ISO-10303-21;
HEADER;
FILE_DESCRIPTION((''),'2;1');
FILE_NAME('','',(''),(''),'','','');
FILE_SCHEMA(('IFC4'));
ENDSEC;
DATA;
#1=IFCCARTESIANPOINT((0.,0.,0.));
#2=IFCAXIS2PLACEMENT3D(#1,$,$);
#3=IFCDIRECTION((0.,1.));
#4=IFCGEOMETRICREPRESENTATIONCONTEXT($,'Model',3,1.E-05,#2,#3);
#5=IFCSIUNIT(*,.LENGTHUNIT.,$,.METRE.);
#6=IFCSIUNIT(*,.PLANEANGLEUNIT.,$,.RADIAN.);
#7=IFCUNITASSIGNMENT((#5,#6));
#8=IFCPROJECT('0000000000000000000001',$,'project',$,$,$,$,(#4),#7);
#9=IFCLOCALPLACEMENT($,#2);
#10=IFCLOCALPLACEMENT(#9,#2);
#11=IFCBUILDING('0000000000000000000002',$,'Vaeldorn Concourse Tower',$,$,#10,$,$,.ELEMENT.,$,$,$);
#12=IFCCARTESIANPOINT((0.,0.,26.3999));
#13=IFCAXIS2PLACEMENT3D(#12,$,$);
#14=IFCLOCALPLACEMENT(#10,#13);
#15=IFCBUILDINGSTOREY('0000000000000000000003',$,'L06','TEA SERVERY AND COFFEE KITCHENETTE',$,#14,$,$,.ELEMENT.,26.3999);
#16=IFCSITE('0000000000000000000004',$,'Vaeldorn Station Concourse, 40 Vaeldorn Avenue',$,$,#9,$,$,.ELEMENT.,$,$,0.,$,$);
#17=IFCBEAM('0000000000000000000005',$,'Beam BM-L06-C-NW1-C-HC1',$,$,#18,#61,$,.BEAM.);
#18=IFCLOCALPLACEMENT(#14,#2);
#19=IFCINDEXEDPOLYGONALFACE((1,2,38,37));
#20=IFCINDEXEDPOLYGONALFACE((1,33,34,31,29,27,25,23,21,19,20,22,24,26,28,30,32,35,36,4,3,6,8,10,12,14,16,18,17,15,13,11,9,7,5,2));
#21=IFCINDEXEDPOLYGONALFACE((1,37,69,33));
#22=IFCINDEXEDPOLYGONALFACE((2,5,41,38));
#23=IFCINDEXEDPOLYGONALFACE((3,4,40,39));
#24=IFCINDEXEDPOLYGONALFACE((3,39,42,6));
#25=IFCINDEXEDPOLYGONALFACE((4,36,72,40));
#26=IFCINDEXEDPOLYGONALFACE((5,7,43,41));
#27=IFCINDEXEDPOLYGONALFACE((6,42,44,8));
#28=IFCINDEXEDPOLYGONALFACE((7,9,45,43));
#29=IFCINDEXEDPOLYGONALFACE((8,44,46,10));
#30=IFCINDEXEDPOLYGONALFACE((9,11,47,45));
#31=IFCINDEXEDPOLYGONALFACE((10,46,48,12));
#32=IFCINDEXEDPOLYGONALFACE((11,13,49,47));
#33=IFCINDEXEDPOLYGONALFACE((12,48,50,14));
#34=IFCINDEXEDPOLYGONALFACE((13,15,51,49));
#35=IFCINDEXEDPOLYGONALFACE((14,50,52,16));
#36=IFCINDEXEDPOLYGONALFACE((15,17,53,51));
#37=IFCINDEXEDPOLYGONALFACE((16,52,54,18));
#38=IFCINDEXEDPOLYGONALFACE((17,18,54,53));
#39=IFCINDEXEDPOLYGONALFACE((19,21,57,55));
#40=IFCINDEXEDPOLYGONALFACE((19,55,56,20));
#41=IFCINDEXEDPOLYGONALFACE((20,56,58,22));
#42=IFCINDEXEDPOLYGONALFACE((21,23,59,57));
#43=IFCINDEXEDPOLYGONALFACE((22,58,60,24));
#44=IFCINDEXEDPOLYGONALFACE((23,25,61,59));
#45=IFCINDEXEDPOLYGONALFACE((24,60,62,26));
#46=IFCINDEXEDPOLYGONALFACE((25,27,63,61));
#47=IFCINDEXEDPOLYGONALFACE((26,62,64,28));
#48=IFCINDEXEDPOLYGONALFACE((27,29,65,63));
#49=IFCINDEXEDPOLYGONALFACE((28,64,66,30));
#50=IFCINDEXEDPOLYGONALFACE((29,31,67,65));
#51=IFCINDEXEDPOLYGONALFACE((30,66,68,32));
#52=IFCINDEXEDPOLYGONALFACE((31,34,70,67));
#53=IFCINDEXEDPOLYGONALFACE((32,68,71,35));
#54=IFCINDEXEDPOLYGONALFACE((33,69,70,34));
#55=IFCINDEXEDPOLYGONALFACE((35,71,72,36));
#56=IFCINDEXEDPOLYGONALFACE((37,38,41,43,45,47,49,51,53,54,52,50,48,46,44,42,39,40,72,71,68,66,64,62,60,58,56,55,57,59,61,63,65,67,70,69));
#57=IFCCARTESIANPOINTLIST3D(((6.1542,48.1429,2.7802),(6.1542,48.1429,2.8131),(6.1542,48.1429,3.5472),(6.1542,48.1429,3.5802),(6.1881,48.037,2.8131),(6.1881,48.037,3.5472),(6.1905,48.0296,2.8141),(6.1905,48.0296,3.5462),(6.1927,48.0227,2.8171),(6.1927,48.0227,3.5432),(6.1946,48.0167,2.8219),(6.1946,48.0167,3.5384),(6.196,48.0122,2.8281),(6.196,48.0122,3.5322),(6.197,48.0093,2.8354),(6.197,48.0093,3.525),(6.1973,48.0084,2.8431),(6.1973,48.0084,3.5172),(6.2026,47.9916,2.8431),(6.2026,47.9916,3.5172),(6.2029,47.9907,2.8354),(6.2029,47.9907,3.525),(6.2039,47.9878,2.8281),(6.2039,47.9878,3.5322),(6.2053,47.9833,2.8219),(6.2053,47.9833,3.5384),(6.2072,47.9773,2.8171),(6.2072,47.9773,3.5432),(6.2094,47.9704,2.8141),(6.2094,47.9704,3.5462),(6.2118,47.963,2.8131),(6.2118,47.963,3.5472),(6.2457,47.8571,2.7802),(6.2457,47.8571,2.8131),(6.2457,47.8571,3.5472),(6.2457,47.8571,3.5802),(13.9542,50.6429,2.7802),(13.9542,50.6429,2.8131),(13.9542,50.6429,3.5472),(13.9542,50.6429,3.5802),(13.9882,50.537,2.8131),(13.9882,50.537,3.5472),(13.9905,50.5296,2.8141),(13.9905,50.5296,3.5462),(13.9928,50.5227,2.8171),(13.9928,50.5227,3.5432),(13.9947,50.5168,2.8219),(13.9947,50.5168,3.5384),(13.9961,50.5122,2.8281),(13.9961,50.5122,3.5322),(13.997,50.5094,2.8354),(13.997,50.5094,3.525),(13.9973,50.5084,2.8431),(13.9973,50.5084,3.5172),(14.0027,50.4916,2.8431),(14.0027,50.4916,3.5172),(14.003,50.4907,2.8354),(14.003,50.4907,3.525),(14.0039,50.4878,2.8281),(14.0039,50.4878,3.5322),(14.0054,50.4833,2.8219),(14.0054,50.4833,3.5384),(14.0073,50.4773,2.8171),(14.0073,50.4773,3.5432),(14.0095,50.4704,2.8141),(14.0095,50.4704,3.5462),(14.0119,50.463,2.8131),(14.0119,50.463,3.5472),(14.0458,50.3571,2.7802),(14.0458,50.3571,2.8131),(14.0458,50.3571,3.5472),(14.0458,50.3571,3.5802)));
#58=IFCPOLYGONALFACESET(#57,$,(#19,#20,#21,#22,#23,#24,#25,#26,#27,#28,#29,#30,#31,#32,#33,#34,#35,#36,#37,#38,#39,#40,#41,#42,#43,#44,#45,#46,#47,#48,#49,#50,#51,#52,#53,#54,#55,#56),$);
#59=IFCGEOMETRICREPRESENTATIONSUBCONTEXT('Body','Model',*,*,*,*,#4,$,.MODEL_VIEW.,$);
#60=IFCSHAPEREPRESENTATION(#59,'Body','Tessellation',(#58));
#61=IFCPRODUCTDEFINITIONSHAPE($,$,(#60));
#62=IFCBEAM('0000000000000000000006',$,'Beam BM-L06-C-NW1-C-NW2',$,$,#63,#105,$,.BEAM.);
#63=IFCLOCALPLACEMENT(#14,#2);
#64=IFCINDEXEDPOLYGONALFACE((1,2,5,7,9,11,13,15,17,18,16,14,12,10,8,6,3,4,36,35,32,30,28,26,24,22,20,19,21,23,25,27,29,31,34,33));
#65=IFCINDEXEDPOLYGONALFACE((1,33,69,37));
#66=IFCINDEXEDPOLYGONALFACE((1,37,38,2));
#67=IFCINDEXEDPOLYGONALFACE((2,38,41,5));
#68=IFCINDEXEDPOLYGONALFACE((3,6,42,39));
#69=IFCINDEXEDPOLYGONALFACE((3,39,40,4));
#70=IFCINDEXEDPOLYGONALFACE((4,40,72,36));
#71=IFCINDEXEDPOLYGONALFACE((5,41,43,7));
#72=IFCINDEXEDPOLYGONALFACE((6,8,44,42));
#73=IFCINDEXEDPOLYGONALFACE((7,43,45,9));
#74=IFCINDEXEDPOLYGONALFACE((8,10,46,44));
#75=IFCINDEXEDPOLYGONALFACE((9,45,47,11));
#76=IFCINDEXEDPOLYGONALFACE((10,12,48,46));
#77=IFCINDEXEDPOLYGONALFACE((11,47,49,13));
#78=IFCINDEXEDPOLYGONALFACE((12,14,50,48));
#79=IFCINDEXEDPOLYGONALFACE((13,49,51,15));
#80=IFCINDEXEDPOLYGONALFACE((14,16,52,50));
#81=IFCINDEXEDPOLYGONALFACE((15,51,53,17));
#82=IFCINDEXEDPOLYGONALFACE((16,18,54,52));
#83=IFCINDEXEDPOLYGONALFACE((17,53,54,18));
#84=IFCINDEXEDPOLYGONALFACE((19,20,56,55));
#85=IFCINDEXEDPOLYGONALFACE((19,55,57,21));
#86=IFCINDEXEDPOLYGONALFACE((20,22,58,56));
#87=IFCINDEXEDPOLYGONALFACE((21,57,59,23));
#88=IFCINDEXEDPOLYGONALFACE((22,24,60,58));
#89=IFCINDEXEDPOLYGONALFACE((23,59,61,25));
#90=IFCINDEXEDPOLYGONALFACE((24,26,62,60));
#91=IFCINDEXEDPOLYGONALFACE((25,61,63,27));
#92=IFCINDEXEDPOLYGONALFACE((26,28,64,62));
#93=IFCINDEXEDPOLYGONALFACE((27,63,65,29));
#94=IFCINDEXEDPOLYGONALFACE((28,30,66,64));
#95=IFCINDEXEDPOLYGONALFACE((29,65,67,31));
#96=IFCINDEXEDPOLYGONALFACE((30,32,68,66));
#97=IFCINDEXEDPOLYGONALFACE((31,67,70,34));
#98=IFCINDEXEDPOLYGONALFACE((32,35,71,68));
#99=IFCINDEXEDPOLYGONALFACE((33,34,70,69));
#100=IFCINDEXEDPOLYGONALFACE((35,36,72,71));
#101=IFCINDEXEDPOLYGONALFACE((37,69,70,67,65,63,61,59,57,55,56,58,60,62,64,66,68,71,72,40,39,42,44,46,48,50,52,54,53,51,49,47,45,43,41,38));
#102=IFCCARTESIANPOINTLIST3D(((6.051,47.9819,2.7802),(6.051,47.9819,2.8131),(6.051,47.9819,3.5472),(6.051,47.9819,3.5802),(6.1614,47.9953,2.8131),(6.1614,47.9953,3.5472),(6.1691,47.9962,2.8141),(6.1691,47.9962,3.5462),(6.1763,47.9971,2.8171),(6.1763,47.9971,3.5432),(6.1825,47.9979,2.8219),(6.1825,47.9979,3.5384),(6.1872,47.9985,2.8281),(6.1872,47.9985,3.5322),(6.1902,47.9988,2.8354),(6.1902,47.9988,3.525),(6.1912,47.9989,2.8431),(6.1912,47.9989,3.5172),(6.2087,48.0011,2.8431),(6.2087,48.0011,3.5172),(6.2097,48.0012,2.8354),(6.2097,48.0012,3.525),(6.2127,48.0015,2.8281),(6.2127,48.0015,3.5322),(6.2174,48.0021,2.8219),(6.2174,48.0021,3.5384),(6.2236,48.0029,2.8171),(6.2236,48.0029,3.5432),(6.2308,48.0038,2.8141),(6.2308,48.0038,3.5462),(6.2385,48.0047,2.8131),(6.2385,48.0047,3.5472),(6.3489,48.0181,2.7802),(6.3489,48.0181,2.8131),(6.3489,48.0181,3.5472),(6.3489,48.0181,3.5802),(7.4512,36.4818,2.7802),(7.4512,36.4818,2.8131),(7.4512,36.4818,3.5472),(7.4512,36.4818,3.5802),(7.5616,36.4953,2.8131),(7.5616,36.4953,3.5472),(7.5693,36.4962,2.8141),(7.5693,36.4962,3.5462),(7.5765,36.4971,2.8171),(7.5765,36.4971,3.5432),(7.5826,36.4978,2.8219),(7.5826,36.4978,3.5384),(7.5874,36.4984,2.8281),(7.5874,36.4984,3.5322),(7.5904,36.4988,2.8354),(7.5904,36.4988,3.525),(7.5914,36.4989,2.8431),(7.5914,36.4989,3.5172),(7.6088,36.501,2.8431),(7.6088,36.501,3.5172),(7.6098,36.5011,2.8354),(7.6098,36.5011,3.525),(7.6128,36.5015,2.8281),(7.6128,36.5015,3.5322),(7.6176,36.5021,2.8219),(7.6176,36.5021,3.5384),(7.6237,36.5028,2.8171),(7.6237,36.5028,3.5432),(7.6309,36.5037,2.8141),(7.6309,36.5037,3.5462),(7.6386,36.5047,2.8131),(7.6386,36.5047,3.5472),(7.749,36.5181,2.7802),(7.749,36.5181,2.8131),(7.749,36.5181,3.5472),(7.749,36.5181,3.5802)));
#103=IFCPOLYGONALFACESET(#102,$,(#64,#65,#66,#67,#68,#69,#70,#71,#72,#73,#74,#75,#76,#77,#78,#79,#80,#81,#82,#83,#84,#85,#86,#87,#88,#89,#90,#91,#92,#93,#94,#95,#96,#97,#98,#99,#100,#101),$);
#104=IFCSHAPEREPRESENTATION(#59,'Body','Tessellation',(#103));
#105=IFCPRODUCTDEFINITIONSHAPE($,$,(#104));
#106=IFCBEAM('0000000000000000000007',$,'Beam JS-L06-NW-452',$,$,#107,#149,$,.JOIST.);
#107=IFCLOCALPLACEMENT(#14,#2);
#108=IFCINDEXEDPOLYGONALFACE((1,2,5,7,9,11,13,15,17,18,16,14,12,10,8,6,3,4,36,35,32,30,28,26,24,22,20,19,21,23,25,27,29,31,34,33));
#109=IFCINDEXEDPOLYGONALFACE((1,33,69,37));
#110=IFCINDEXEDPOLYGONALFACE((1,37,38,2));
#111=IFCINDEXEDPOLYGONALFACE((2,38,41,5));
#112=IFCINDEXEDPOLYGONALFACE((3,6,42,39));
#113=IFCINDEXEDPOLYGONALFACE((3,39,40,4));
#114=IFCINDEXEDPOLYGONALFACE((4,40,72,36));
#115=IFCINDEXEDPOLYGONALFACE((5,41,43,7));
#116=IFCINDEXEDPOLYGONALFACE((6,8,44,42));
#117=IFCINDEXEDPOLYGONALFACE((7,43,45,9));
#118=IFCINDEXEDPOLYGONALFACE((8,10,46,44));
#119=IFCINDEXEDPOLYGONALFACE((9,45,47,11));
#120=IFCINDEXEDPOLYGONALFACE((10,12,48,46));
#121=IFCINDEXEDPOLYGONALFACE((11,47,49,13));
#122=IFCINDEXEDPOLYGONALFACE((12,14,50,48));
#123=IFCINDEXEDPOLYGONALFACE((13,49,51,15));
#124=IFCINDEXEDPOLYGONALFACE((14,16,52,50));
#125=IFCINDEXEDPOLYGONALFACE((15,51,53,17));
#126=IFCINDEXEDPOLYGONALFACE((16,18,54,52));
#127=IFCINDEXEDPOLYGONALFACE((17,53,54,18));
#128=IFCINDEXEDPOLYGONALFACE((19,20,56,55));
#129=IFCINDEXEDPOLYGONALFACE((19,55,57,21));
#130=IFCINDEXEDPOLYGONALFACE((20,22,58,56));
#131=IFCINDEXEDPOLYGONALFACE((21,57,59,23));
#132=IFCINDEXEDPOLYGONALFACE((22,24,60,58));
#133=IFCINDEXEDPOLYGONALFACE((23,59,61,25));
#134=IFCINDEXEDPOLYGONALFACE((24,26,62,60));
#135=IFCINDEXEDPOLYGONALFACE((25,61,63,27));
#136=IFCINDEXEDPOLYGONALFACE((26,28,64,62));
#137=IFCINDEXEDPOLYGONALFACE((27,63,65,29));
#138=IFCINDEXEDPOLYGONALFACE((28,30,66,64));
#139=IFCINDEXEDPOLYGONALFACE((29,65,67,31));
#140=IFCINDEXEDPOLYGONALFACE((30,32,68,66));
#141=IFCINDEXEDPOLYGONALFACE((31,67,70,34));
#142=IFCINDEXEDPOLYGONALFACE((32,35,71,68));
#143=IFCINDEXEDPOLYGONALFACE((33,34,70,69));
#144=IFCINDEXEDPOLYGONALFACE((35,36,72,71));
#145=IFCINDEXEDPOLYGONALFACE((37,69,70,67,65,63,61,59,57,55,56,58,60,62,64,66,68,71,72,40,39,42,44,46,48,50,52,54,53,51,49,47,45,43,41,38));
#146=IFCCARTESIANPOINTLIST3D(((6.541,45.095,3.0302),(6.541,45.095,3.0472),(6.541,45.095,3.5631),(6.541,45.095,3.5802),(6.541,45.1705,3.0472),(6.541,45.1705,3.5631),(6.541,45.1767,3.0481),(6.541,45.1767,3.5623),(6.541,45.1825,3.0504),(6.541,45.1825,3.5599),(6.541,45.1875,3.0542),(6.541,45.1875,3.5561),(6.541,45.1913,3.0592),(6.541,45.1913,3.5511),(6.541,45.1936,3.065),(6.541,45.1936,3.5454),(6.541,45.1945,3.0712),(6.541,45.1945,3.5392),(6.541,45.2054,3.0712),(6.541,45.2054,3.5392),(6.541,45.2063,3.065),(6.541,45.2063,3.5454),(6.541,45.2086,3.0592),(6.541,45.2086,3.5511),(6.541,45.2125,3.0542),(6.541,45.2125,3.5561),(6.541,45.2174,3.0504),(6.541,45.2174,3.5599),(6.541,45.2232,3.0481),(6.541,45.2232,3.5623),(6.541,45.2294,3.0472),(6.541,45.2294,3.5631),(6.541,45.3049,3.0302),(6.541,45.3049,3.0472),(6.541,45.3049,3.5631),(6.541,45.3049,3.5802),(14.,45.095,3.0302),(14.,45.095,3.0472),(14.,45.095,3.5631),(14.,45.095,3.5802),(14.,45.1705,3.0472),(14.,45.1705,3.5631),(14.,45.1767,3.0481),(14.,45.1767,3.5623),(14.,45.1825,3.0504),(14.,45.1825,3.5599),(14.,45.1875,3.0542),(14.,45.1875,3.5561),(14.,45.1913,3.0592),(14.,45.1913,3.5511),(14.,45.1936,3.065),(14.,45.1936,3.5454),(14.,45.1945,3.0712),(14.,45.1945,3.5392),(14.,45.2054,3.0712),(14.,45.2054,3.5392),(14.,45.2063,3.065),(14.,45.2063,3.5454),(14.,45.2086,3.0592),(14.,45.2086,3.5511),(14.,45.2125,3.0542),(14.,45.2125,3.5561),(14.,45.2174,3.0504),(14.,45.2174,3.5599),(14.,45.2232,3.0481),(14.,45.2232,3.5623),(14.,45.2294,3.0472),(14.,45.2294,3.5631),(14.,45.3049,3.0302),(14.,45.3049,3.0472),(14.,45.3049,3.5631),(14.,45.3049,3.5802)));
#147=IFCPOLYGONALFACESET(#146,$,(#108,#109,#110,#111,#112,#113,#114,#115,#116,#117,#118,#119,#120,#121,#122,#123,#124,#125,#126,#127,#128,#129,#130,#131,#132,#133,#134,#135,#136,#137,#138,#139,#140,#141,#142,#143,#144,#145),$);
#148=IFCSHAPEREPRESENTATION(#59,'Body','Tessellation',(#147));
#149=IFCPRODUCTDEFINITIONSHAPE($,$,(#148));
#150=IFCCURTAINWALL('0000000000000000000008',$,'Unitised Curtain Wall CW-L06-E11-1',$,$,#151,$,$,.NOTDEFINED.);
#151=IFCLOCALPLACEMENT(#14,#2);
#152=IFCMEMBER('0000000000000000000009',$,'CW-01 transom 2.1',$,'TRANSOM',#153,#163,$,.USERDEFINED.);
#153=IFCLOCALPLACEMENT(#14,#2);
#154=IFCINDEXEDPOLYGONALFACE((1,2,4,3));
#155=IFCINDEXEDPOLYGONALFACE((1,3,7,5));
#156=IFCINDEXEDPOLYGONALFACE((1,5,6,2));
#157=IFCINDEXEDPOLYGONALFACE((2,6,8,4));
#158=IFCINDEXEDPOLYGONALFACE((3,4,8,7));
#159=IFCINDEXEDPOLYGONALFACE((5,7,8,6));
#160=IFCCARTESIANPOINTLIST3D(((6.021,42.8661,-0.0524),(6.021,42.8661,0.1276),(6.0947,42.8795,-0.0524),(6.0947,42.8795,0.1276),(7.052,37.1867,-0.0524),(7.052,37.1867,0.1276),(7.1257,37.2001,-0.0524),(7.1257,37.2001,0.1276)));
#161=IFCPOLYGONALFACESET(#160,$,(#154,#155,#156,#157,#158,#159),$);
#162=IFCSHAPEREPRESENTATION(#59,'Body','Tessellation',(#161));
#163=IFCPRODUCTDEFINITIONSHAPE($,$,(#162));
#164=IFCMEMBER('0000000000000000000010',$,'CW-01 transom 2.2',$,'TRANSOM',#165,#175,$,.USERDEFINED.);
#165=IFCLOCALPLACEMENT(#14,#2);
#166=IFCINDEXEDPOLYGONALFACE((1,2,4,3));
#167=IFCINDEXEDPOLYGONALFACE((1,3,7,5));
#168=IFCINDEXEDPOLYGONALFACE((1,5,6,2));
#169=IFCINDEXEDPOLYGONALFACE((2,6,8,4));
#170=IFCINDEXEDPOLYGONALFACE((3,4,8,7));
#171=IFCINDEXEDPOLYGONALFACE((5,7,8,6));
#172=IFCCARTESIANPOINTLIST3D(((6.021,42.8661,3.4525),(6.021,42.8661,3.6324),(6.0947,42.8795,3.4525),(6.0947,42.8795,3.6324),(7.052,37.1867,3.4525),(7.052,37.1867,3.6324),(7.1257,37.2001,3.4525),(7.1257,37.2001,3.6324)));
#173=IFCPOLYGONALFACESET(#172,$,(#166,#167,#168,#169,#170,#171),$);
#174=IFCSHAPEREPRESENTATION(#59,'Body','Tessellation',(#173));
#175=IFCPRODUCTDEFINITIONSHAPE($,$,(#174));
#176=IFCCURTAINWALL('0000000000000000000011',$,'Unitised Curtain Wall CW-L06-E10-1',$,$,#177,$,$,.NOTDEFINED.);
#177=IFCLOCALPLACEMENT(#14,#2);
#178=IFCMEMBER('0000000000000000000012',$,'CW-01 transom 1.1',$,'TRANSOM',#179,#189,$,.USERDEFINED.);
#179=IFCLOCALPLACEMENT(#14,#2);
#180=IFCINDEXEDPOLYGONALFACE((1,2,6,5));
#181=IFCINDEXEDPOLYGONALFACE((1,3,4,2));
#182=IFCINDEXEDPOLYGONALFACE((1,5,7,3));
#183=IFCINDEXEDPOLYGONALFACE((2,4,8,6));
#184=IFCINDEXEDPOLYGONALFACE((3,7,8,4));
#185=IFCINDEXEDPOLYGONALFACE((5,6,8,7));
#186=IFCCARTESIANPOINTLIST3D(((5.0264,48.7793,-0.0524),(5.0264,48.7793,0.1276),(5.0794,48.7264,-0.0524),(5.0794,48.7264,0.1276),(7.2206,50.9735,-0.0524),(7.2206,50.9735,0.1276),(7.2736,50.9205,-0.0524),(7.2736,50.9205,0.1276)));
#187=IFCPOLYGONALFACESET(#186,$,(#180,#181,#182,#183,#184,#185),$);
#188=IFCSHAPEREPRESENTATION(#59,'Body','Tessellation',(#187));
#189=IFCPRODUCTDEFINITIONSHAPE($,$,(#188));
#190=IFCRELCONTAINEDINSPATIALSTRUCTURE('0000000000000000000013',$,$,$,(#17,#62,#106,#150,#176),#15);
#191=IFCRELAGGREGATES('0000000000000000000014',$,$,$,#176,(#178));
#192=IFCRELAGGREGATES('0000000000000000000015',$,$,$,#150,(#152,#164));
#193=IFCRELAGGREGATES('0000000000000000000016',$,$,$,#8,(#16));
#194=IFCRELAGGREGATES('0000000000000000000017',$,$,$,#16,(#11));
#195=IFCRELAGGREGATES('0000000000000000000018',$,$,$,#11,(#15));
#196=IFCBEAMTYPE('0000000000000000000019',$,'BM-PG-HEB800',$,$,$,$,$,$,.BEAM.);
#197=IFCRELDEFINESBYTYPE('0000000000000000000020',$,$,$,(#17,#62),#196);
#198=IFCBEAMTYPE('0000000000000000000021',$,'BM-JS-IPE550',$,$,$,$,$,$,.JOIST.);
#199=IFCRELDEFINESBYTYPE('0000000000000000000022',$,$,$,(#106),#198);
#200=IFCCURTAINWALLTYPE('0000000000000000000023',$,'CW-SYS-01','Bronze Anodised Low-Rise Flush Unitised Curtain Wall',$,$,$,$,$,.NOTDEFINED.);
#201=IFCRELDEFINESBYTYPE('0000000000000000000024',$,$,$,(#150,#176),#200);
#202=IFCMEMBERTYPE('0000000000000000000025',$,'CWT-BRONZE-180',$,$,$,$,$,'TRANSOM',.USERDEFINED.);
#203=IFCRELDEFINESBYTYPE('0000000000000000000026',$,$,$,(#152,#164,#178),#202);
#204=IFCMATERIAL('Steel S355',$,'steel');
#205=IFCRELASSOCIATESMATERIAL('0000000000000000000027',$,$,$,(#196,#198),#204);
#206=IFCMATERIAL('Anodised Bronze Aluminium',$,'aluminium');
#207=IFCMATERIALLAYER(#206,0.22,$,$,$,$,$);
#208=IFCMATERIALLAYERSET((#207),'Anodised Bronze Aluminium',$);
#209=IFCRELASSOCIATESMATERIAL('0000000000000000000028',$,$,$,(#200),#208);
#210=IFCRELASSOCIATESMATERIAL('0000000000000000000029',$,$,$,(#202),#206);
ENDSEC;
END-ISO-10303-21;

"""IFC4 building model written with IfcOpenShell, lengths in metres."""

from ifc_helpers import new_model, si_unit, direction, frame, origin, origin_2d, place, context, subcontext, project, spatial, rectangle, i_section, extrude, source, transform, mapped, material, layer, layer_set, material_profile, profile_set, type_object, element, aggregate, save


model = new_model("IFC4")

# Units and contexts
model_context = context("Model", 3, precision=1e-05, world=origin(), true_north=direction((0.0, 1.0)))
body_context = subcontext(model_context, "Body", "Model", "MODEL_VIEW")
ifc_project = project(units=[si_unit("LENGTHUNIT", "METRE"), si_unit("PLANEANGLEUNIT", "RADIAN")], contexts=[model_context])

# Site, building, storey
site_placement = place(None, origin())
site = spatial("IfcSite", under=ifc_project, at=site_placement, Name="Vaeldorn Station Concourse, 40 Vaeldorn Avenue", CompositionType="ELEMENT", RefElevation=0.0)
building_placement = place(site_placement, origin())
building = spatial("IfcBuilding", under=site, at=building_placement, Name="Vaeldorn Concourse Tower", CompositionType="ELEMENT")
storey_placement = place(building_placement, frame((0.0, 0.0, 26.3999)))
storey = spatial("IfcBuildingStorey", under=building, at=storey_placement, Name="L06", Description="TEA SERVERY AND COFFEE KITCHENETTE", CompositionType="ELEMENT", Elevation=26.3999)

# Beams
ifc_material_1 = material(Name="Steel S355", Category="steel")
ifc_material_profile_1 = material_profile(ifc_material_1, i_section(OverallWidth=0.3, OverallDepth=0.8, WebThickness=0.0176, FlangeThickness=0.033, FilletRadius=0.03, at=origin_2d()), Name="HEB 800")
ifc_profile_set_1 = profile_set([ifc_material_profile_1], Name="Steel S355")
beam_type_1 = type_object("IfcBeamType", Name="BM-PG-HEB800", PredefinedType="BEAM", material=ifc_profile_set_1)
shared_shape_1 = source(origin(), body_context, "Body", "SweptSolid", [
    extrude(i_section(OverallWidth=0.3, OverallDepth=0.8, WebThickness=0.0176, FlangeThickness=0.033, FilletRadius=0.03, at=origin_2d()), origin(), (0.0, 0.0, 1.0), 8.1909),
])
beam_1_placement = place(storey_placement, frame((6.2, 48.0, 3.1802), z_axis=(0.952283, 0.305217, 0.0), x_axis=(-0.305217, 0.952283, 0.0)))
element("IfcBeam", 1, at=beam_1_placement, inside=storey, type_object=beam_type_1, Name="Beam BM-L06-C-NW1-C-HC1", PredefinedType="BEAM", context=body_context, shape_type="MappedRepresentation", body=[
    mapped(shared_shape_1, transform((0.0, 0.0, 0.0), scale=1.0)),
])
shared_shape_2 = source(origin(), body_context, "Body", "SweptSolid", [
    extrude(i_section(OverallWidth=0.3, OverallDepth=0.8, WebThickness=0.0176, FlangeThickness=0.033, FilletRadius=0.03, at=origin_2d()), origin(), (0.0, 0.0, 1.0), 11.585),
])
beam_2_placement = place(storey_placement, frame((6.2, 48.0, 3.1802), z_axis=(0.120859, -0.99267, 0.0), x_axis=(0.99267, 0.120859, 0.0)))
element("IfcBeam", 2, at=beam_2_placement, inside=storey, type_object=beam_type_1, Name="Beam BM-L06-C-NW1-C-NW2", PredefinedType="BEAM", context=body_context, shape_type="MappedRepresentation", body=[
    mapped(shared_shape_2, transform((0.0, 0.0, 0.0), scale=1.0)),
])
ifc_material_profile_2 = material_profile(ifc_material_1, i_section(OverallWidth=0.21, OverallDepth=0.55, WebThickness=0.011, FlangeThickness=0.0171, FilletRadius=0.0239, at=origin_2d()), Name="IPE 550")
ifc_profile_set_2 = profile_set([ifc_material_profile_2], Name="Steel S355")
beam_type_2 = type_object("IfcBeamType", Name="BM-JS-IPE550", PredefinedType="JOIST", material=ifc_profile_set_2)
shared_shape_3 = source(origin(), body_context, "Body", "SweptSolid", [
    extrude(i_section(OverallWidth=0.21, OverallDepth=0.55, WebThickness=0.011, FlangeThickness=0.0171, FilletRadius=0.0239, at=origin_2d()), origin(), (0.0, 0.0, 1.0), 7.459),
])
beam_3_placement = place(storey_placement, frame((6.541, 45.2, 3.3052), z_axis=(1.0, 0.0, 0.0), x_axis=(0.0, 1.0, 0.0)))
element("IfcBeam", 3, at=beam_3_placement, inside=storey, type_object=beam_type_2, Name="Beam JS-L06-NW-452", PredefinedType="JOIST", context=body_context, shape_type="MappedRepresentation", body=[
    mapped(shared_shape_3, transform((0.0, 0.0, 0.0), scale=1.0)),
])

# Curtain walls, members
ifc_material_2 = material(Name="Anodised Bronze Aluminium", Category="aluminium")
ifc_layer_1 = layer(ifc_material_2, 0.22)
ifc_layer_set_1 = layer_set([ifc_layer_1], Name="Anodised Bronze Aluminium")
curtain_wall_type = type_object("IfcCurtainWallType", Name="CW-SYS-01", Description="Bronze Anodised Low-Rise Flush Unitised Curtain Wall", PredefinedType="NOTDEFINED", material=ifc_layer_set_1)
curtain_wall_1_placement = place(storey_placement, origin())
curtain_wall_1 = element("IfcCurtainWall", 4, at=curtain_wall_1_placement, inside=storey, type_object=curtain_wall_type, Name="Unitised Curtain Wall CW-L06-E11-1", PredefinedType="NOTDEFINED")
ifc_material_profile_3 = material_profile(ifc_material_2, rectangle(XDim=0.075, YDim=0.1799, at=origin_2d()), Name="CWT 75x180")
ifc_profile_set_3 = profile_set([ifc_material_profile_3], Name="Anodised Bronze Aluminium")
member_type_1 = type_object("IfcMemberType", Name="CWT-BRONZE-180", ElementType="TRANSOM", PredefinedType="USERDEFINED", material=ifc_profile_set_3)
shared_shape_4 = source(origin(), body_context, "Body", "SweptSolid", [
    extrude(rectangle(XDim=0.075, YDim=0.1799, at=origin_2d()), origin(), (0.0, 0.0, 1.0), 5.7722),
])
member_1_placement = place(storey_placement, frame((6.0579, 42.8728, 0.0376), z_axis=(0.178614, -0.983919, 0.0), x_axis=(0.983919, 0.178614, 0.0)))
member_1 = element("IfcMember", 5, at=member_1_placement, type_object=member_type_1, Name="CW-01 transom 2.1", ObjectType="TRANSOM", PredefinedType="USERDEFINED", context=body_context, shape_type="MappedRepresentation", body=[
    mapped(shared_shape_4, transform((0.0, 0.0, 0.0), scale=1.0)),
])
member_2_placement = place(storey_placement, frame((6.0579, 42.8728, 3.5425), z_axis=(0.178614, -0.983919, 0.0), x_axis=(0.983919, 0.178614, 0.0)))
member_2 = element("IfcMember", 6, at=member_2_placement, type_object=member_type_1, Name="CW-01 transom 2.2", ObjectType="TRANSOM", PredefinedType="USERDEFINED", context=body_context, shape_type="MappedRepresentation", body=[
    mapped(shared_shape_4, transform((0.0, 0.0, 0.0), scale=1.0)),
])
curtain_wall_2_placement = place(storey_placement, origin())
curtain_wall_2 = element("IfcCurtainWall", 7, at=curtain_wall_2_placement, inside=storey, type_object=curtain_wall_type, Name="Unitised Curtain Wall CW-L06-E10-1", PredefinedType="NOTDEFINED")
shared_shape_5 = source(origin(), body_context, "Body", "SweptSolid", [
    extrude(rectangle(XDim=0.075, YDim=0.1799, at=origin_2d()), origin(), (0.0, 0.0, 1.0), 3.103),
])
member_3_placement = place(storey_placement, frame((7.2471, 50.947, 0.0376), z_axis=(-0.707107, -0.707107, 0.0), x_axis=(0.707107, -0.707107, 0.0)))
member_3 = element("IfcMember", 8, at=member_3_placement, type_object=member_type_1, Name="CW-01 transom 1.1", ObjectType="TRANSOM", PredefinedType="USERDEFINED", context=body_context, shape_type="MappedRepresentation", body=[
    mapped(shared_shape_5, transform((0.0, 0.0, 0.0), scale=1.0)),
])

aggregate(curtain_wall_2, [member_3])
aggregate(curtain_wall_1, [member_1, member_2])

save(model, "model.ifc")
